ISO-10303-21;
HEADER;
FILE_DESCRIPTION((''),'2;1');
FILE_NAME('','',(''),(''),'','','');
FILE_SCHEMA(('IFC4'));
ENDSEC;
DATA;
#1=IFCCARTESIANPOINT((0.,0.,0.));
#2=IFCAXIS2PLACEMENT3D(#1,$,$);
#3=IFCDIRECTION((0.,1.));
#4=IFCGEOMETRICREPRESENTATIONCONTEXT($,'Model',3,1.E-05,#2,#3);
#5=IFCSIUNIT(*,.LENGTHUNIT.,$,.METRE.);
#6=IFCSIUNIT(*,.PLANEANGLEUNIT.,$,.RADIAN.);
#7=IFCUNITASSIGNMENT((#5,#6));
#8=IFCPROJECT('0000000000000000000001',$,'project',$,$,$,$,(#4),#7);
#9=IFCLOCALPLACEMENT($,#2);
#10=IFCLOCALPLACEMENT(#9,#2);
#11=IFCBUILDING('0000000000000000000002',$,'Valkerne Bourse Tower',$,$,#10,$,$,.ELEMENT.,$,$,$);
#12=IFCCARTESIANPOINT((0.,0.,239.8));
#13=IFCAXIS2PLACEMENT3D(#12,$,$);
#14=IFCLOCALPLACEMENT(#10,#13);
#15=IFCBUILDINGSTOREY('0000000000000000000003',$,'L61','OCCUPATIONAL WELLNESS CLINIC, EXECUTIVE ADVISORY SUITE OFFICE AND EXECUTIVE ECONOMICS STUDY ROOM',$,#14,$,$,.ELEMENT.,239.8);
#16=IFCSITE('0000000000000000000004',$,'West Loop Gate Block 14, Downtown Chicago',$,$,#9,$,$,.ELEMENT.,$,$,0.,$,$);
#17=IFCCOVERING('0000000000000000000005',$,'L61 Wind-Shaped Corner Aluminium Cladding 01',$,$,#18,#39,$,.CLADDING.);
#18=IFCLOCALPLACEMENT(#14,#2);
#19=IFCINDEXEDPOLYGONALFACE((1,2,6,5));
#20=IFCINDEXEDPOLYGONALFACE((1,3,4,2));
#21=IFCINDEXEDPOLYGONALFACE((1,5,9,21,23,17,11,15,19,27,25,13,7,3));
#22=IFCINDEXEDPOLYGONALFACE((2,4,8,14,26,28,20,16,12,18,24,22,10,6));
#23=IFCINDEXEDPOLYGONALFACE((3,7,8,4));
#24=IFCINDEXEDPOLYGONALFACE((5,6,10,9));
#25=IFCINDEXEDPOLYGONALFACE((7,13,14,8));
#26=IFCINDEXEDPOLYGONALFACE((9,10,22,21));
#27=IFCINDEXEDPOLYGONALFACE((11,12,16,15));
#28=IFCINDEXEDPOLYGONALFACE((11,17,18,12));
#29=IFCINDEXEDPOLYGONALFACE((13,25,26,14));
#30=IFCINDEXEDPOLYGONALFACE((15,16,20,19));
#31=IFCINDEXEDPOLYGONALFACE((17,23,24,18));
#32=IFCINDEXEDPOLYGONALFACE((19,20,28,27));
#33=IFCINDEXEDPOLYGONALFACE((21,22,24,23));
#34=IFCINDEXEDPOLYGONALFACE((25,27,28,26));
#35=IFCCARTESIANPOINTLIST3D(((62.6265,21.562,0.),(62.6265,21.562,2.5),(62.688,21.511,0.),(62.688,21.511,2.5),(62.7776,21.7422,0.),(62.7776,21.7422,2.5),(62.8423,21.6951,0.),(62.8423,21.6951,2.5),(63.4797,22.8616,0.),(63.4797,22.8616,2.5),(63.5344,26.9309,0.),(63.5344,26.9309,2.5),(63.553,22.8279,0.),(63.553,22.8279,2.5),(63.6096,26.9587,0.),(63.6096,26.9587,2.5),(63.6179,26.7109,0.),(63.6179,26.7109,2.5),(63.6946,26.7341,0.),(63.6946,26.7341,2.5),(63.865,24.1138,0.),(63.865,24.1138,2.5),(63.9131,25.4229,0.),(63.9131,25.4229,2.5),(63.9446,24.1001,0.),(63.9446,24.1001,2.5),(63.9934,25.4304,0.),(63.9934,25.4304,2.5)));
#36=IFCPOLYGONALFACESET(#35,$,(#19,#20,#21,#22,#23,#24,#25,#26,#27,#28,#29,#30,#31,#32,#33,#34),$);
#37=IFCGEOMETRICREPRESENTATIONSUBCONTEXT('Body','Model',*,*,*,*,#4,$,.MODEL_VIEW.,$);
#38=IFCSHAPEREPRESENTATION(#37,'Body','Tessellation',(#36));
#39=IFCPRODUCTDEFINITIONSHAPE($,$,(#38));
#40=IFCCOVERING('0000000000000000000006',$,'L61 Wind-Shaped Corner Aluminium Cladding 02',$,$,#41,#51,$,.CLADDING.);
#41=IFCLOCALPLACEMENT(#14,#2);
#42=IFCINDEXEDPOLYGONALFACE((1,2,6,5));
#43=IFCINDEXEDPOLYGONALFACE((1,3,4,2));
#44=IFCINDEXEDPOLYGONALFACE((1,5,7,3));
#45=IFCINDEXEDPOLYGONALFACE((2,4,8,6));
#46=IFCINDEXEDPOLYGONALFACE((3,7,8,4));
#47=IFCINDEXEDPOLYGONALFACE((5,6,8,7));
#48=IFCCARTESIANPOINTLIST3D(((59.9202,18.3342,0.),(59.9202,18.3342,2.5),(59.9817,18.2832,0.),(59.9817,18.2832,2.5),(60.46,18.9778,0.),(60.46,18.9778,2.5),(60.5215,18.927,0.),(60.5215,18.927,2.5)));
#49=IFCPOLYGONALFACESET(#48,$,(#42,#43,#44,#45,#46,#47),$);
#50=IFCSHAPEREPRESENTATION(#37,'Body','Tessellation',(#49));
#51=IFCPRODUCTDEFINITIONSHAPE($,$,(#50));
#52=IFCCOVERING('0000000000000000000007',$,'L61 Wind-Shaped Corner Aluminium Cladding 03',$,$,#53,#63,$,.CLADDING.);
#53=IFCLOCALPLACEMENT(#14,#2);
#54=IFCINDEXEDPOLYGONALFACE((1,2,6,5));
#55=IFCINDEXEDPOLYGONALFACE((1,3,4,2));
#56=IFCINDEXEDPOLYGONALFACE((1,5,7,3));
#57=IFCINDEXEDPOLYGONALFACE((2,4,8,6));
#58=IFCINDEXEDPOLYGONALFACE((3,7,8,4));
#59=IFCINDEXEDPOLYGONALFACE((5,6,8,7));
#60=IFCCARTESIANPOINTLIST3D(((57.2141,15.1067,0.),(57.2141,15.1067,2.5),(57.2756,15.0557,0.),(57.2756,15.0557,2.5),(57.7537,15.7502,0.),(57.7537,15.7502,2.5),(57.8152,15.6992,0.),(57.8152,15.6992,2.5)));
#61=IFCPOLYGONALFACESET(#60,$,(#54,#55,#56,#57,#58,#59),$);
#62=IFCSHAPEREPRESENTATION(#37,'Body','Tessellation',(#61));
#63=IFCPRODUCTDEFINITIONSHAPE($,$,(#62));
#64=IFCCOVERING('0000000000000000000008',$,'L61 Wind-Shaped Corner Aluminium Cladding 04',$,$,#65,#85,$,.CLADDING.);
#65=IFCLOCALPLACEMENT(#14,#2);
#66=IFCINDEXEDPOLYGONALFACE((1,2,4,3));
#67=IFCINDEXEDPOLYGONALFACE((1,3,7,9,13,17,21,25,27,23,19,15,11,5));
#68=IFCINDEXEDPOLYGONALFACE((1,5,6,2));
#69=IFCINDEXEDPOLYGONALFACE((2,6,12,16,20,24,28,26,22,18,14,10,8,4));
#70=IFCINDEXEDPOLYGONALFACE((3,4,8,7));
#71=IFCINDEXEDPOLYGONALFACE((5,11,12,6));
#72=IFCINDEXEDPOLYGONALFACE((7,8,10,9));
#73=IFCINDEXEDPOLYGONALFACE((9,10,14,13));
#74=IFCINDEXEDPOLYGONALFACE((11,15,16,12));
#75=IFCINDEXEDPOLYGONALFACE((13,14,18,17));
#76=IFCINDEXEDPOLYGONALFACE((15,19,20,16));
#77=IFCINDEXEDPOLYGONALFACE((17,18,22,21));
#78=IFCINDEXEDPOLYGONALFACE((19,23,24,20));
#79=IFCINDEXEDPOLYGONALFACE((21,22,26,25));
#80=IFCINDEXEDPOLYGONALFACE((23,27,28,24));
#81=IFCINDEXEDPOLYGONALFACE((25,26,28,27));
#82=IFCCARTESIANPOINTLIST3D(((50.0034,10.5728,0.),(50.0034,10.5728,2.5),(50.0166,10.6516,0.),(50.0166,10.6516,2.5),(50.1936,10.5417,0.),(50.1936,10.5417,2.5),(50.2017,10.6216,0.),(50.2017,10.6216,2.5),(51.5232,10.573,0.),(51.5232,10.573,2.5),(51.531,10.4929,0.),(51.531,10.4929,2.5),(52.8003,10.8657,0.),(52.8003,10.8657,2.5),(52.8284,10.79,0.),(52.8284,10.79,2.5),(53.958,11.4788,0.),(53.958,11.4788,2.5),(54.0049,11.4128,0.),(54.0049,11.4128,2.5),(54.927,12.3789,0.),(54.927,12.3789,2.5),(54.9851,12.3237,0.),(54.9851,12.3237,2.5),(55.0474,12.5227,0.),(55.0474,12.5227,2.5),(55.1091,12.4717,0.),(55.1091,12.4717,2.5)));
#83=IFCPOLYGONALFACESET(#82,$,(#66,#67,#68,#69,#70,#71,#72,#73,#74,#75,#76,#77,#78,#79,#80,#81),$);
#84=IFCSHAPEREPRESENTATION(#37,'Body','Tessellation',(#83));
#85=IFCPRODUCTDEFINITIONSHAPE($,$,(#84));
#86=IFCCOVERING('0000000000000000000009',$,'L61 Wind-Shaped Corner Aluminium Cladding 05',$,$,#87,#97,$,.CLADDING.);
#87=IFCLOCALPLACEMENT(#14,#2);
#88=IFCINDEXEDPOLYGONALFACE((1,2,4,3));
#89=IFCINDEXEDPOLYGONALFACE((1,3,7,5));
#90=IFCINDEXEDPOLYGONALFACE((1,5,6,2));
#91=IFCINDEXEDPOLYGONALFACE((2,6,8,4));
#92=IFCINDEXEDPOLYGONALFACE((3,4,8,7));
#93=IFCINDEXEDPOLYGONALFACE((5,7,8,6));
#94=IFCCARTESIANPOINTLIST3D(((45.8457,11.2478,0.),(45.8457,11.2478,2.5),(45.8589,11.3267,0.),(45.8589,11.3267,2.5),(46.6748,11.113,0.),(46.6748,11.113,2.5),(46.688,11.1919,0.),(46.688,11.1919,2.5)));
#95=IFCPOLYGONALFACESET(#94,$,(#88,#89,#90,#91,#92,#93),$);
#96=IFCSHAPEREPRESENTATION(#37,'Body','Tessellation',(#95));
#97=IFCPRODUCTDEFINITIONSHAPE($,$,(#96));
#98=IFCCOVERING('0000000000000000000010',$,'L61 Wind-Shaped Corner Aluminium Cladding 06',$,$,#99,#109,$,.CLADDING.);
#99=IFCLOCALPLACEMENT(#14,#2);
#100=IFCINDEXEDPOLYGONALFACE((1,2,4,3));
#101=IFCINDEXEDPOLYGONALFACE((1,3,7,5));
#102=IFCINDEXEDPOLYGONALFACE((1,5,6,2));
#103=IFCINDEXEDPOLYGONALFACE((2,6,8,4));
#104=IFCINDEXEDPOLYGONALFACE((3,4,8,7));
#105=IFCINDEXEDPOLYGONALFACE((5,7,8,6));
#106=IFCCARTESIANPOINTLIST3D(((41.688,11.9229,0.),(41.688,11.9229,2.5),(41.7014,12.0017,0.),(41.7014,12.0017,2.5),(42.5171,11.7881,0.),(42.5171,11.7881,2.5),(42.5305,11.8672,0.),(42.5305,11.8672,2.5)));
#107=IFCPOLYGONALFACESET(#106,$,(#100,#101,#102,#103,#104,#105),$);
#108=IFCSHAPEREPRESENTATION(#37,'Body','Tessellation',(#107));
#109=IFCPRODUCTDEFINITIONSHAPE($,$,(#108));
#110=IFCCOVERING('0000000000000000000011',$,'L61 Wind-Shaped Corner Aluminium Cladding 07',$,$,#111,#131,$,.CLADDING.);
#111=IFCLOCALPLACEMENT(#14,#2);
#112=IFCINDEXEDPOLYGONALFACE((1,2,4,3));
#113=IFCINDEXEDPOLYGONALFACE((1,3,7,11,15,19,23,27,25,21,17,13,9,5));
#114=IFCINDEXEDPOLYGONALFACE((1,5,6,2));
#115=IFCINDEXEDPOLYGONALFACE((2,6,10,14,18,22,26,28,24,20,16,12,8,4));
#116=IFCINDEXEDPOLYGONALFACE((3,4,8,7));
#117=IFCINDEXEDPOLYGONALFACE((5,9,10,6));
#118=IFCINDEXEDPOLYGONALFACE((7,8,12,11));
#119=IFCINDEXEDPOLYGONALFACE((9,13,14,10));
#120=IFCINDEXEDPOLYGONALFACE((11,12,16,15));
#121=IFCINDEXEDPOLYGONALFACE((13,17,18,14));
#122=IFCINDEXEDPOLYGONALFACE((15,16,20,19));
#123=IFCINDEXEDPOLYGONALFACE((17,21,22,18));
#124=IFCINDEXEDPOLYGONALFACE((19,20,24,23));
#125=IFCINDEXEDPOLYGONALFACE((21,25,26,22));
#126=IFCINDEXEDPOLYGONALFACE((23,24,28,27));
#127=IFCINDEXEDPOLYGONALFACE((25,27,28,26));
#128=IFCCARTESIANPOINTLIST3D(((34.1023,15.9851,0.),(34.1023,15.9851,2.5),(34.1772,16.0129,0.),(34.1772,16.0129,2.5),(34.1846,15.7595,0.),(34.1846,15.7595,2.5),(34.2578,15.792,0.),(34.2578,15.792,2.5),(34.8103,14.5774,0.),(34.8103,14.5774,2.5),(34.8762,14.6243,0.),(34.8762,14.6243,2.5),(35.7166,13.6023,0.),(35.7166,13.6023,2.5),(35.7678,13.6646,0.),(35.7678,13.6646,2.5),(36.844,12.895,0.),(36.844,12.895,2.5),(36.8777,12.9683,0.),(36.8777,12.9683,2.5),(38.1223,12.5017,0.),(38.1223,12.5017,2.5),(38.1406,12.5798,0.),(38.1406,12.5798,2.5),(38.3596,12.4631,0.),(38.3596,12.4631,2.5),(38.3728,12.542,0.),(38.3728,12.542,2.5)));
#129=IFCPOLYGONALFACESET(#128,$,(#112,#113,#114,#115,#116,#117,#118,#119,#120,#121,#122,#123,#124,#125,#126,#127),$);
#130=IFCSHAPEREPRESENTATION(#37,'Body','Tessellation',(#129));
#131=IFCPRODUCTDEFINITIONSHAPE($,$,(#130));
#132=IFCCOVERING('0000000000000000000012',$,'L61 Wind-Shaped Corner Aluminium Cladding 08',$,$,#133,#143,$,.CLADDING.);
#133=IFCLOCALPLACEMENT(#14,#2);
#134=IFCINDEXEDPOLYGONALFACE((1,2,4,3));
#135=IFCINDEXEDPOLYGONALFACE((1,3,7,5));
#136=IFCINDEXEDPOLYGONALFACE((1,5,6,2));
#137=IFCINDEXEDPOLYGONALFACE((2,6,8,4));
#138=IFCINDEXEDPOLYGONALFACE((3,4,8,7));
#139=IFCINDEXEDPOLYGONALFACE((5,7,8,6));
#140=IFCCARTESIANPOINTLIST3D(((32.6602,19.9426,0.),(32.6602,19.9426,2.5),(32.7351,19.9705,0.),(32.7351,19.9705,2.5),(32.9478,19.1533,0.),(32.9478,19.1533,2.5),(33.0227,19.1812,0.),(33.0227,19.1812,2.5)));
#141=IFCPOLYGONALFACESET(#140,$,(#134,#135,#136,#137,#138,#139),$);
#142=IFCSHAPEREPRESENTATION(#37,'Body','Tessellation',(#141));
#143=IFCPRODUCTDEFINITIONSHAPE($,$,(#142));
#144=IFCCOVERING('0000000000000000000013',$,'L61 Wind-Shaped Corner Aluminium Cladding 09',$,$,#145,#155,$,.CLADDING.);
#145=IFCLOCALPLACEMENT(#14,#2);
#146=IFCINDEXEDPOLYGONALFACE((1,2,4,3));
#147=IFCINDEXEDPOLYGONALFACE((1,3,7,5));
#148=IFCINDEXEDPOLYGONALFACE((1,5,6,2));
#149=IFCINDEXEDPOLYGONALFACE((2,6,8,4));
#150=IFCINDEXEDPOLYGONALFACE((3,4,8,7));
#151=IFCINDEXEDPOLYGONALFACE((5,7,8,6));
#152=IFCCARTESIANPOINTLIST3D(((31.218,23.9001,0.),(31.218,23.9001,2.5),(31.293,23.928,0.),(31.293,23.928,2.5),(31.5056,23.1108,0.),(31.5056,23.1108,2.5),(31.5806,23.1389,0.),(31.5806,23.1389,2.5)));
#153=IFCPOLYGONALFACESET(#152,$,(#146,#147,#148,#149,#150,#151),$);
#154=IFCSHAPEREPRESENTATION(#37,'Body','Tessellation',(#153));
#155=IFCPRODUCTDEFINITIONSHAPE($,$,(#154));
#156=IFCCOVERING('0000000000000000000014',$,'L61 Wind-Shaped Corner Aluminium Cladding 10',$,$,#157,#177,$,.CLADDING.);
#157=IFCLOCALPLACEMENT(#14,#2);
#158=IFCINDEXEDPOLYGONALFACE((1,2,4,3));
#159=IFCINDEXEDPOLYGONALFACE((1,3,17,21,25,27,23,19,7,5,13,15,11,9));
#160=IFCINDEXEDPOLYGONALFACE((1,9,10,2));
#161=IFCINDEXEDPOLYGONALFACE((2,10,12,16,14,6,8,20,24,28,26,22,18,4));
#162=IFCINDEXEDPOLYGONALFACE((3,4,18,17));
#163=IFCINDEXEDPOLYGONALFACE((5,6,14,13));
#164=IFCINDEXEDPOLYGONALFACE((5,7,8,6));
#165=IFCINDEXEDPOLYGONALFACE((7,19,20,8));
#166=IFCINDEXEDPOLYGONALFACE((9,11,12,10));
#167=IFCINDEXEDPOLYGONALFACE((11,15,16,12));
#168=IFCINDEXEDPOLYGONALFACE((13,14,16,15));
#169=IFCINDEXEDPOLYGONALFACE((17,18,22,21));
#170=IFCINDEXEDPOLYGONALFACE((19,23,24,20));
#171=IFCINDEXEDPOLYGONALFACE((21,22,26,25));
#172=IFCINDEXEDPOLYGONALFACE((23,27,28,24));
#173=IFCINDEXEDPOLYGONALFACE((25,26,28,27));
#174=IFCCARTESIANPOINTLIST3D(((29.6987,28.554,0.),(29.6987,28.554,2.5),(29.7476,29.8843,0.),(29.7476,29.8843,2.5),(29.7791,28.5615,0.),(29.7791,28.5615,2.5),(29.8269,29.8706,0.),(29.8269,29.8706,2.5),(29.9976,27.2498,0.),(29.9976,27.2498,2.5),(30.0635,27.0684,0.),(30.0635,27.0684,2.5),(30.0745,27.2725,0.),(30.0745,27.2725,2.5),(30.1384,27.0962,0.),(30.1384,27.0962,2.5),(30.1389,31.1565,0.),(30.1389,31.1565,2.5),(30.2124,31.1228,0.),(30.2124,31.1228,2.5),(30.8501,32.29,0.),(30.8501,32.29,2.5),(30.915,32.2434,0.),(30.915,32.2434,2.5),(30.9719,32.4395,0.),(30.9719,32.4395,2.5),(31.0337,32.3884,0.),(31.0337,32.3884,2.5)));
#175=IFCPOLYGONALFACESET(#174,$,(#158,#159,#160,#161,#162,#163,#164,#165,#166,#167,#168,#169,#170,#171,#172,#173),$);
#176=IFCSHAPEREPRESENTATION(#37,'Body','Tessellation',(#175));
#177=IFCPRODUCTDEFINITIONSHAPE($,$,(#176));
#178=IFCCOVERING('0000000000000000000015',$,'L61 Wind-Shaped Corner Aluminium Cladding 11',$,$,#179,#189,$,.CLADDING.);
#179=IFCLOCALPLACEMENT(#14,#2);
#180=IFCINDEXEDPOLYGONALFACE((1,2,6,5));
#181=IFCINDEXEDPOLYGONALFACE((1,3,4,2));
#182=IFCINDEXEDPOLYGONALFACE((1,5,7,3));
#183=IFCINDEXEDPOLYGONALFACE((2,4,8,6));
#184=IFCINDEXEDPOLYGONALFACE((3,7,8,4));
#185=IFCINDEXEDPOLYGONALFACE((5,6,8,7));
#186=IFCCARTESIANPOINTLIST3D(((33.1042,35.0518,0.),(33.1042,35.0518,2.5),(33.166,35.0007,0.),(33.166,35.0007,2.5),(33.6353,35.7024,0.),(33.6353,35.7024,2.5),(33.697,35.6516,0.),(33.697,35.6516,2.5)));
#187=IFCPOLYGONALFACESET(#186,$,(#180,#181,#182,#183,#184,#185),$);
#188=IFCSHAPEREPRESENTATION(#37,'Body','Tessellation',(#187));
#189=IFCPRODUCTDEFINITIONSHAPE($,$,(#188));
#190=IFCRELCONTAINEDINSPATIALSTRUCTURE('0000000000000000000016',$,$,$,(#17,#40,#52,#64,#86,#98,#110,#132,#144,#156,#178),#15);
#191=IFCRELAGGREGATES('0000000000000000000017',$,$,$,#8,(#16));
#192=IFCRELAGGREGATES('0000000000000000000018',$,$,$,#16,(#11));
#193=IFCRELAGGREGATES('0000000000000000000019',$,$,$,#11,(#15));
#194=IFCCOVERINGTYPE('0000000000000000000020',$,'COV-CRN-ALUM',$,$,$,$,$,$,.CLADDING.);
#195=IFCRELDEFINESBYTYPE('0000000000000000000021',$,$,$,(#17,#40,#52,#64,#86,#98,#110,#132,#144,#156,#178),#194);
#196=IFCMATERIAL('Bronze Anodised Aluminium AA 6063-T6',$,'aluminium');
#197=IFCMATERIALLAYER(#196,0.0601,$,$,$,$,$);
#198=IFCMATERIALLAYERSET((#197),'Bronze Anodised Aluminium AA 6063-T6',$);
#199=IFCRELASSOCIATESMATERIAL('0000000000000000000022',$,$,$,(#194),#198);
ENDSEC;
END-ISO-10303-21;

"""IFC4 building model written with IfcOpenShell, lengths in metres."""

from ifc_helpers import new_model, si_unit, direction, frame, origin, place, context, subcontext, project, spatial, polyline, outline, extrude, material, layer, layer_set, type_object, element, save


model = new_model("IFC4")

# Units and contexts
model_context = context("Model", 3, precision=1e-05, world=origin(), true_north=direction((0.0, 1.0)))
body_context = subcontext(model_context, "Body", "Model", "MODEL_VIEW")
ifc_project = project(units=[si_unit("LENGTHUNIT", "METRE"), si_unit("PLANEANGLEUNIT", "RADIAN")], contexts=[model_context])

# Site, building, storey
site_placement = place(None, origin())
site = spatial("IfcSite", under=ifc_project, at=site_placement, Name="West Loop Gate Block 14, Downtown Chicago", CompositionType="ELEMENT", RefElevation=0.0)
building_placement = place(site_placement, origin())
building = spatial("IfcBuilding", under=site, at=building_placement, Name="Valkerne Bourse Tower", CompositionType="ELEMENT")
storey_placement = place(building_placement, frame((0.0, 0.0, 239.8)))
storey = spatial("IfcBuildingStorey", under=building, at=storey_placement, Name="L61", Description="OCCUPATIONAL WELLNESS CLINIC, EXECUTIVE ADVISORY SUITE OFFICE AND EXECUTIVE ECONOMICS STUDY ROOM", CompositionType="ELEMENT", Elevation=239.8)

# Coverings
ifc_material_1 = material(Name="Bronze Anodised Aluminium AA 6063-T6", Category="aluminium")
ifc_layer_1 = layer(ifc_material_1, 0.0601)
ifc_layer_set_1 = layer_set([ifc_layer_1], Name="Bronze Anodised Aluminium AA 6063-T6")
covering_type = type_object("IfcCoveringType", Name="COV-CRN-ALUM", PredefinedType="CLADDING", material=ifc_layer_set_1)
covering_1_placement = place(storey_placement, origin())
element("IfcCovering", 1, at=covering_1_placement, inside=storey, type_object=covering_type, Name="L61 Wind-Shaped Corner Aluminium Cladding 01", PredefinedType="CLADDING", context=body_context, shape_type="SweptSolid", body=[
    extrude(outline(polyline([(63.9934, 25.4304), (63.9446, 24.1001), (63.553, 22.8279), (62.8423, 21.6951), (62.688, 21.511), (62.6265, 21.562), (62.7776, 21.7422), (63.4797, 22.8616), (63.865, 24.1138), (63.9131, 25.4229), (63.6179, 26.7109), (63.5344, 26.9309), (63.6096, 26.9587), (63.6946, 26.7341), (63.9934, 25.4304)])), origin(), (0.0, 0.0, 1.0), 2.5),
])
covering_2_placement = place(storey_placement, origin())
element("IfcCovering", 2, at=covering_2_placement, inside=storey, type_object=covering_type, Name="L61 Wind-Shaped Corner Aluminium Cladding 02", PredefinedType="CLADDING", context=body_context, shape_type="SweptSolid", body=[
    extrude(outline(polyline([(59.9817, 18.2832), (59.9202, 18.3342), (60.46, 18.9778), (60.5215, 18.927), (59.9817, 18.2832)])), origin(), (0.0, 0.0, 1.0), 2.5),
])
covering_3_placement = place(storey_placement, origin())
element("IfcCovering", 3, at=covering_3_placement, inside=storey, type_object=covering_type, Name="L61 Wind-Shaped Corner Aluminium Cladding 03", PredefinedType="CLADDING", context=body_context, shape_type="SweptSolid", body=[
    extrude(outline(polyline([(57.2756, 15.0557), (57.2141, 15.1067), (57.7537, 15.7502), (57.8152, 15.6992), (57.2756, 15.0557)])), origin(), (0.0, 0.0, 1.0), 2.5),
])
covering_4_placement = place(storey_placement, origin())
element("IfcCovering", 4, at=covering_4_placement, inside=storey, type_object=covering_type, Name="L61 Wind-Shaped Corner Aluminium Cladding 04", PredefinedType="CLADDING", context=body_context, shape_type="SweptSolid", body=[
    extrude(outline(polyline([(54.9851, 12.3237), (54.0049, 11.4128), (52.8284, 10.79), (51.531, 10.4929), (50.1936, 10.5417), (50.0034, 10.5728), (50.0166, 10.6516), (50.2017, 10.6216), (51.5232, 10.573), (52.8003, 10.8657), (53.958, 11.4788), (54.927, 12.3789), (55.0474, 12.5227), (55.1091, 12.4717), (54.9851, 12.3237)])), origin(), (0.0, 0.0, 1.0), 2.5),
])
covering_5_placement = place(storey_placement, origin())
element("IfcCovering", 5, at=covering_5_placement, inside=storey, type_object=covering_type, Name="L61 Wind-Shaped Corner Aluminium Cladding 05", PredefinedType="CLADDING", context=body_context, shape_type="SweptSolid", body=[
    extrude(outline(polyline([(45.8457, 11.2478), (45.8589, 11.3267), (46.688, 11.1919), (46.6748, 11.113), (45.8457, 11.2478)])), origin(), (0.0, 0.0, 1.0), 2.5),
])
covering_6_placement = place(storey_placement, origin())
element("IfcCovering", 6, at=covering_6_placement, inside=storey, type_object=covering_type, Name="L61 Wind-Shaped Corner Aluminium Cladding 06", PredefinedType="CLADDING", context=body_context, shape_type="SweptSolid", body=[
    extrude(outline(polyline([(41.688, 11.9229), (41.7014, 12.0017), (42.5305, 11.8672), (42.5171, 11.7881), (41.688, 11.9229)])), origin(), (0.0, 0.0, 1.0), 2.5),
])
covering_7_placement = place(storey_placement, origin())
element("IfcCovering", 7, at=covering_7_placement, inside=storey, type_object=covering_type, Name="L61 Wind-Shaped Corner Aluminium Cladding 07", PredefinedType="CLADDING", context=body_context, shape_type="SweptSolid", body=[
    extrude(outline(polyline([(38.1223, 12.5017), (36.844, 12.895), (35.7166, 13.6023), (34.8103, 14.5774), (34.1846, 15.7595), (34.1023, 15.9851), (34.1772, 16.0129), (34.2578, 15.792), (34.8762, 14.6243), (35.7678, 13.6646), (36.8777, 12.9683), (38.1406, 12.5798), (38.3728, 12.542), (38.3596, 12.4631), (38.1223, 12.5017)])), origin(), (0.0, 0.0, 1.0), 2.5),
])
covering_8_placement = place(storey_placement, origin())
element("IfcCovering", 8, at=covering_8_placement, inside=storey, type_object=covering_type, Name="L61 Wind-Shaped Corner Aluminium Cladding 08", PredefinedType="CLADDING", context=body_context, shape_type="SweptSolid", body=[
    extrude(outline(polyline([(32.6602, 19.9426), (32.7351, 19.9705), (33.0227, 19.1812), (32.9478, 19.1533), (32.6602, 19.9426)])), origin(), (0.0, 0.0, 1.0), 2.5),
])
covering_9_placement = place(storey_placement, origin())
element("IfcCovering", 9, at=covering_9_placement, inside=storey, type_object=covering_type, Name="L61 Wind-Shaped Corner Aluminium Cladding 09", PredefinedType="CLADDING", context=body_context, shape_type="SweptSolid", body=[
    extrude(outline(polyline([(31.218, 23.9001), (31.293, 23.928), (31.5806, 23.1389), (31.5056, 23.1108), (31.218, 23.9001)])), origin(), (0.0, 0.0, 1.0), 2.5),
])
covering_10_placement = place(storey_placement, origin())
element("IfcCovering", 10, at=covering_10_placement, inside=storey, type_object=covering_type, Name="L61 Wind-Shaped Corner Aluminium Cladding 10", PredefinedType="CLADDING", context=body_context, shape_type="SweptSolid", body=[
    extrude(outline(polyline([(29.9976, 27.2498), (29.6987, 28.554), (29.7476, 29.8843), (30.1389, 31.1565), (30.8501, 32.29), (30.9719, 32.4395), (31.0337, 32.3884), (30.915, 32.2434), (30.2124, 31.1228), (29.8269, 29.8706), (29.7791, 28.5615), (30.0745, 27.2725), (30.1384, 27.0962), (30.0635, 27.0684), (29.9976, 27.2498)])), origin(), (0.0, 0.0, 1.0), 2.5),
])
covering_11_placement = place(storey_placement, origin())
element("IfcCovering", 11, at=covering_11_placement, inside=storey, type_object=covering_type, Name="L61 Wind-Shaped Corner Aluminium Cladding 11", PredefinedType="CLADDING", context=body_context, shape_type="SweptSolid", body=[
    extrude(outline(polyline([(33.6353, 35.7024), (33.697, 35.6516), (33.166, 35.0007), (33.1042, 35.0518), (33.6353, 35.7024)])), origin(), (0.0, 0.0, 1.0), 2.5),
])

save(model, "model.ifc")
